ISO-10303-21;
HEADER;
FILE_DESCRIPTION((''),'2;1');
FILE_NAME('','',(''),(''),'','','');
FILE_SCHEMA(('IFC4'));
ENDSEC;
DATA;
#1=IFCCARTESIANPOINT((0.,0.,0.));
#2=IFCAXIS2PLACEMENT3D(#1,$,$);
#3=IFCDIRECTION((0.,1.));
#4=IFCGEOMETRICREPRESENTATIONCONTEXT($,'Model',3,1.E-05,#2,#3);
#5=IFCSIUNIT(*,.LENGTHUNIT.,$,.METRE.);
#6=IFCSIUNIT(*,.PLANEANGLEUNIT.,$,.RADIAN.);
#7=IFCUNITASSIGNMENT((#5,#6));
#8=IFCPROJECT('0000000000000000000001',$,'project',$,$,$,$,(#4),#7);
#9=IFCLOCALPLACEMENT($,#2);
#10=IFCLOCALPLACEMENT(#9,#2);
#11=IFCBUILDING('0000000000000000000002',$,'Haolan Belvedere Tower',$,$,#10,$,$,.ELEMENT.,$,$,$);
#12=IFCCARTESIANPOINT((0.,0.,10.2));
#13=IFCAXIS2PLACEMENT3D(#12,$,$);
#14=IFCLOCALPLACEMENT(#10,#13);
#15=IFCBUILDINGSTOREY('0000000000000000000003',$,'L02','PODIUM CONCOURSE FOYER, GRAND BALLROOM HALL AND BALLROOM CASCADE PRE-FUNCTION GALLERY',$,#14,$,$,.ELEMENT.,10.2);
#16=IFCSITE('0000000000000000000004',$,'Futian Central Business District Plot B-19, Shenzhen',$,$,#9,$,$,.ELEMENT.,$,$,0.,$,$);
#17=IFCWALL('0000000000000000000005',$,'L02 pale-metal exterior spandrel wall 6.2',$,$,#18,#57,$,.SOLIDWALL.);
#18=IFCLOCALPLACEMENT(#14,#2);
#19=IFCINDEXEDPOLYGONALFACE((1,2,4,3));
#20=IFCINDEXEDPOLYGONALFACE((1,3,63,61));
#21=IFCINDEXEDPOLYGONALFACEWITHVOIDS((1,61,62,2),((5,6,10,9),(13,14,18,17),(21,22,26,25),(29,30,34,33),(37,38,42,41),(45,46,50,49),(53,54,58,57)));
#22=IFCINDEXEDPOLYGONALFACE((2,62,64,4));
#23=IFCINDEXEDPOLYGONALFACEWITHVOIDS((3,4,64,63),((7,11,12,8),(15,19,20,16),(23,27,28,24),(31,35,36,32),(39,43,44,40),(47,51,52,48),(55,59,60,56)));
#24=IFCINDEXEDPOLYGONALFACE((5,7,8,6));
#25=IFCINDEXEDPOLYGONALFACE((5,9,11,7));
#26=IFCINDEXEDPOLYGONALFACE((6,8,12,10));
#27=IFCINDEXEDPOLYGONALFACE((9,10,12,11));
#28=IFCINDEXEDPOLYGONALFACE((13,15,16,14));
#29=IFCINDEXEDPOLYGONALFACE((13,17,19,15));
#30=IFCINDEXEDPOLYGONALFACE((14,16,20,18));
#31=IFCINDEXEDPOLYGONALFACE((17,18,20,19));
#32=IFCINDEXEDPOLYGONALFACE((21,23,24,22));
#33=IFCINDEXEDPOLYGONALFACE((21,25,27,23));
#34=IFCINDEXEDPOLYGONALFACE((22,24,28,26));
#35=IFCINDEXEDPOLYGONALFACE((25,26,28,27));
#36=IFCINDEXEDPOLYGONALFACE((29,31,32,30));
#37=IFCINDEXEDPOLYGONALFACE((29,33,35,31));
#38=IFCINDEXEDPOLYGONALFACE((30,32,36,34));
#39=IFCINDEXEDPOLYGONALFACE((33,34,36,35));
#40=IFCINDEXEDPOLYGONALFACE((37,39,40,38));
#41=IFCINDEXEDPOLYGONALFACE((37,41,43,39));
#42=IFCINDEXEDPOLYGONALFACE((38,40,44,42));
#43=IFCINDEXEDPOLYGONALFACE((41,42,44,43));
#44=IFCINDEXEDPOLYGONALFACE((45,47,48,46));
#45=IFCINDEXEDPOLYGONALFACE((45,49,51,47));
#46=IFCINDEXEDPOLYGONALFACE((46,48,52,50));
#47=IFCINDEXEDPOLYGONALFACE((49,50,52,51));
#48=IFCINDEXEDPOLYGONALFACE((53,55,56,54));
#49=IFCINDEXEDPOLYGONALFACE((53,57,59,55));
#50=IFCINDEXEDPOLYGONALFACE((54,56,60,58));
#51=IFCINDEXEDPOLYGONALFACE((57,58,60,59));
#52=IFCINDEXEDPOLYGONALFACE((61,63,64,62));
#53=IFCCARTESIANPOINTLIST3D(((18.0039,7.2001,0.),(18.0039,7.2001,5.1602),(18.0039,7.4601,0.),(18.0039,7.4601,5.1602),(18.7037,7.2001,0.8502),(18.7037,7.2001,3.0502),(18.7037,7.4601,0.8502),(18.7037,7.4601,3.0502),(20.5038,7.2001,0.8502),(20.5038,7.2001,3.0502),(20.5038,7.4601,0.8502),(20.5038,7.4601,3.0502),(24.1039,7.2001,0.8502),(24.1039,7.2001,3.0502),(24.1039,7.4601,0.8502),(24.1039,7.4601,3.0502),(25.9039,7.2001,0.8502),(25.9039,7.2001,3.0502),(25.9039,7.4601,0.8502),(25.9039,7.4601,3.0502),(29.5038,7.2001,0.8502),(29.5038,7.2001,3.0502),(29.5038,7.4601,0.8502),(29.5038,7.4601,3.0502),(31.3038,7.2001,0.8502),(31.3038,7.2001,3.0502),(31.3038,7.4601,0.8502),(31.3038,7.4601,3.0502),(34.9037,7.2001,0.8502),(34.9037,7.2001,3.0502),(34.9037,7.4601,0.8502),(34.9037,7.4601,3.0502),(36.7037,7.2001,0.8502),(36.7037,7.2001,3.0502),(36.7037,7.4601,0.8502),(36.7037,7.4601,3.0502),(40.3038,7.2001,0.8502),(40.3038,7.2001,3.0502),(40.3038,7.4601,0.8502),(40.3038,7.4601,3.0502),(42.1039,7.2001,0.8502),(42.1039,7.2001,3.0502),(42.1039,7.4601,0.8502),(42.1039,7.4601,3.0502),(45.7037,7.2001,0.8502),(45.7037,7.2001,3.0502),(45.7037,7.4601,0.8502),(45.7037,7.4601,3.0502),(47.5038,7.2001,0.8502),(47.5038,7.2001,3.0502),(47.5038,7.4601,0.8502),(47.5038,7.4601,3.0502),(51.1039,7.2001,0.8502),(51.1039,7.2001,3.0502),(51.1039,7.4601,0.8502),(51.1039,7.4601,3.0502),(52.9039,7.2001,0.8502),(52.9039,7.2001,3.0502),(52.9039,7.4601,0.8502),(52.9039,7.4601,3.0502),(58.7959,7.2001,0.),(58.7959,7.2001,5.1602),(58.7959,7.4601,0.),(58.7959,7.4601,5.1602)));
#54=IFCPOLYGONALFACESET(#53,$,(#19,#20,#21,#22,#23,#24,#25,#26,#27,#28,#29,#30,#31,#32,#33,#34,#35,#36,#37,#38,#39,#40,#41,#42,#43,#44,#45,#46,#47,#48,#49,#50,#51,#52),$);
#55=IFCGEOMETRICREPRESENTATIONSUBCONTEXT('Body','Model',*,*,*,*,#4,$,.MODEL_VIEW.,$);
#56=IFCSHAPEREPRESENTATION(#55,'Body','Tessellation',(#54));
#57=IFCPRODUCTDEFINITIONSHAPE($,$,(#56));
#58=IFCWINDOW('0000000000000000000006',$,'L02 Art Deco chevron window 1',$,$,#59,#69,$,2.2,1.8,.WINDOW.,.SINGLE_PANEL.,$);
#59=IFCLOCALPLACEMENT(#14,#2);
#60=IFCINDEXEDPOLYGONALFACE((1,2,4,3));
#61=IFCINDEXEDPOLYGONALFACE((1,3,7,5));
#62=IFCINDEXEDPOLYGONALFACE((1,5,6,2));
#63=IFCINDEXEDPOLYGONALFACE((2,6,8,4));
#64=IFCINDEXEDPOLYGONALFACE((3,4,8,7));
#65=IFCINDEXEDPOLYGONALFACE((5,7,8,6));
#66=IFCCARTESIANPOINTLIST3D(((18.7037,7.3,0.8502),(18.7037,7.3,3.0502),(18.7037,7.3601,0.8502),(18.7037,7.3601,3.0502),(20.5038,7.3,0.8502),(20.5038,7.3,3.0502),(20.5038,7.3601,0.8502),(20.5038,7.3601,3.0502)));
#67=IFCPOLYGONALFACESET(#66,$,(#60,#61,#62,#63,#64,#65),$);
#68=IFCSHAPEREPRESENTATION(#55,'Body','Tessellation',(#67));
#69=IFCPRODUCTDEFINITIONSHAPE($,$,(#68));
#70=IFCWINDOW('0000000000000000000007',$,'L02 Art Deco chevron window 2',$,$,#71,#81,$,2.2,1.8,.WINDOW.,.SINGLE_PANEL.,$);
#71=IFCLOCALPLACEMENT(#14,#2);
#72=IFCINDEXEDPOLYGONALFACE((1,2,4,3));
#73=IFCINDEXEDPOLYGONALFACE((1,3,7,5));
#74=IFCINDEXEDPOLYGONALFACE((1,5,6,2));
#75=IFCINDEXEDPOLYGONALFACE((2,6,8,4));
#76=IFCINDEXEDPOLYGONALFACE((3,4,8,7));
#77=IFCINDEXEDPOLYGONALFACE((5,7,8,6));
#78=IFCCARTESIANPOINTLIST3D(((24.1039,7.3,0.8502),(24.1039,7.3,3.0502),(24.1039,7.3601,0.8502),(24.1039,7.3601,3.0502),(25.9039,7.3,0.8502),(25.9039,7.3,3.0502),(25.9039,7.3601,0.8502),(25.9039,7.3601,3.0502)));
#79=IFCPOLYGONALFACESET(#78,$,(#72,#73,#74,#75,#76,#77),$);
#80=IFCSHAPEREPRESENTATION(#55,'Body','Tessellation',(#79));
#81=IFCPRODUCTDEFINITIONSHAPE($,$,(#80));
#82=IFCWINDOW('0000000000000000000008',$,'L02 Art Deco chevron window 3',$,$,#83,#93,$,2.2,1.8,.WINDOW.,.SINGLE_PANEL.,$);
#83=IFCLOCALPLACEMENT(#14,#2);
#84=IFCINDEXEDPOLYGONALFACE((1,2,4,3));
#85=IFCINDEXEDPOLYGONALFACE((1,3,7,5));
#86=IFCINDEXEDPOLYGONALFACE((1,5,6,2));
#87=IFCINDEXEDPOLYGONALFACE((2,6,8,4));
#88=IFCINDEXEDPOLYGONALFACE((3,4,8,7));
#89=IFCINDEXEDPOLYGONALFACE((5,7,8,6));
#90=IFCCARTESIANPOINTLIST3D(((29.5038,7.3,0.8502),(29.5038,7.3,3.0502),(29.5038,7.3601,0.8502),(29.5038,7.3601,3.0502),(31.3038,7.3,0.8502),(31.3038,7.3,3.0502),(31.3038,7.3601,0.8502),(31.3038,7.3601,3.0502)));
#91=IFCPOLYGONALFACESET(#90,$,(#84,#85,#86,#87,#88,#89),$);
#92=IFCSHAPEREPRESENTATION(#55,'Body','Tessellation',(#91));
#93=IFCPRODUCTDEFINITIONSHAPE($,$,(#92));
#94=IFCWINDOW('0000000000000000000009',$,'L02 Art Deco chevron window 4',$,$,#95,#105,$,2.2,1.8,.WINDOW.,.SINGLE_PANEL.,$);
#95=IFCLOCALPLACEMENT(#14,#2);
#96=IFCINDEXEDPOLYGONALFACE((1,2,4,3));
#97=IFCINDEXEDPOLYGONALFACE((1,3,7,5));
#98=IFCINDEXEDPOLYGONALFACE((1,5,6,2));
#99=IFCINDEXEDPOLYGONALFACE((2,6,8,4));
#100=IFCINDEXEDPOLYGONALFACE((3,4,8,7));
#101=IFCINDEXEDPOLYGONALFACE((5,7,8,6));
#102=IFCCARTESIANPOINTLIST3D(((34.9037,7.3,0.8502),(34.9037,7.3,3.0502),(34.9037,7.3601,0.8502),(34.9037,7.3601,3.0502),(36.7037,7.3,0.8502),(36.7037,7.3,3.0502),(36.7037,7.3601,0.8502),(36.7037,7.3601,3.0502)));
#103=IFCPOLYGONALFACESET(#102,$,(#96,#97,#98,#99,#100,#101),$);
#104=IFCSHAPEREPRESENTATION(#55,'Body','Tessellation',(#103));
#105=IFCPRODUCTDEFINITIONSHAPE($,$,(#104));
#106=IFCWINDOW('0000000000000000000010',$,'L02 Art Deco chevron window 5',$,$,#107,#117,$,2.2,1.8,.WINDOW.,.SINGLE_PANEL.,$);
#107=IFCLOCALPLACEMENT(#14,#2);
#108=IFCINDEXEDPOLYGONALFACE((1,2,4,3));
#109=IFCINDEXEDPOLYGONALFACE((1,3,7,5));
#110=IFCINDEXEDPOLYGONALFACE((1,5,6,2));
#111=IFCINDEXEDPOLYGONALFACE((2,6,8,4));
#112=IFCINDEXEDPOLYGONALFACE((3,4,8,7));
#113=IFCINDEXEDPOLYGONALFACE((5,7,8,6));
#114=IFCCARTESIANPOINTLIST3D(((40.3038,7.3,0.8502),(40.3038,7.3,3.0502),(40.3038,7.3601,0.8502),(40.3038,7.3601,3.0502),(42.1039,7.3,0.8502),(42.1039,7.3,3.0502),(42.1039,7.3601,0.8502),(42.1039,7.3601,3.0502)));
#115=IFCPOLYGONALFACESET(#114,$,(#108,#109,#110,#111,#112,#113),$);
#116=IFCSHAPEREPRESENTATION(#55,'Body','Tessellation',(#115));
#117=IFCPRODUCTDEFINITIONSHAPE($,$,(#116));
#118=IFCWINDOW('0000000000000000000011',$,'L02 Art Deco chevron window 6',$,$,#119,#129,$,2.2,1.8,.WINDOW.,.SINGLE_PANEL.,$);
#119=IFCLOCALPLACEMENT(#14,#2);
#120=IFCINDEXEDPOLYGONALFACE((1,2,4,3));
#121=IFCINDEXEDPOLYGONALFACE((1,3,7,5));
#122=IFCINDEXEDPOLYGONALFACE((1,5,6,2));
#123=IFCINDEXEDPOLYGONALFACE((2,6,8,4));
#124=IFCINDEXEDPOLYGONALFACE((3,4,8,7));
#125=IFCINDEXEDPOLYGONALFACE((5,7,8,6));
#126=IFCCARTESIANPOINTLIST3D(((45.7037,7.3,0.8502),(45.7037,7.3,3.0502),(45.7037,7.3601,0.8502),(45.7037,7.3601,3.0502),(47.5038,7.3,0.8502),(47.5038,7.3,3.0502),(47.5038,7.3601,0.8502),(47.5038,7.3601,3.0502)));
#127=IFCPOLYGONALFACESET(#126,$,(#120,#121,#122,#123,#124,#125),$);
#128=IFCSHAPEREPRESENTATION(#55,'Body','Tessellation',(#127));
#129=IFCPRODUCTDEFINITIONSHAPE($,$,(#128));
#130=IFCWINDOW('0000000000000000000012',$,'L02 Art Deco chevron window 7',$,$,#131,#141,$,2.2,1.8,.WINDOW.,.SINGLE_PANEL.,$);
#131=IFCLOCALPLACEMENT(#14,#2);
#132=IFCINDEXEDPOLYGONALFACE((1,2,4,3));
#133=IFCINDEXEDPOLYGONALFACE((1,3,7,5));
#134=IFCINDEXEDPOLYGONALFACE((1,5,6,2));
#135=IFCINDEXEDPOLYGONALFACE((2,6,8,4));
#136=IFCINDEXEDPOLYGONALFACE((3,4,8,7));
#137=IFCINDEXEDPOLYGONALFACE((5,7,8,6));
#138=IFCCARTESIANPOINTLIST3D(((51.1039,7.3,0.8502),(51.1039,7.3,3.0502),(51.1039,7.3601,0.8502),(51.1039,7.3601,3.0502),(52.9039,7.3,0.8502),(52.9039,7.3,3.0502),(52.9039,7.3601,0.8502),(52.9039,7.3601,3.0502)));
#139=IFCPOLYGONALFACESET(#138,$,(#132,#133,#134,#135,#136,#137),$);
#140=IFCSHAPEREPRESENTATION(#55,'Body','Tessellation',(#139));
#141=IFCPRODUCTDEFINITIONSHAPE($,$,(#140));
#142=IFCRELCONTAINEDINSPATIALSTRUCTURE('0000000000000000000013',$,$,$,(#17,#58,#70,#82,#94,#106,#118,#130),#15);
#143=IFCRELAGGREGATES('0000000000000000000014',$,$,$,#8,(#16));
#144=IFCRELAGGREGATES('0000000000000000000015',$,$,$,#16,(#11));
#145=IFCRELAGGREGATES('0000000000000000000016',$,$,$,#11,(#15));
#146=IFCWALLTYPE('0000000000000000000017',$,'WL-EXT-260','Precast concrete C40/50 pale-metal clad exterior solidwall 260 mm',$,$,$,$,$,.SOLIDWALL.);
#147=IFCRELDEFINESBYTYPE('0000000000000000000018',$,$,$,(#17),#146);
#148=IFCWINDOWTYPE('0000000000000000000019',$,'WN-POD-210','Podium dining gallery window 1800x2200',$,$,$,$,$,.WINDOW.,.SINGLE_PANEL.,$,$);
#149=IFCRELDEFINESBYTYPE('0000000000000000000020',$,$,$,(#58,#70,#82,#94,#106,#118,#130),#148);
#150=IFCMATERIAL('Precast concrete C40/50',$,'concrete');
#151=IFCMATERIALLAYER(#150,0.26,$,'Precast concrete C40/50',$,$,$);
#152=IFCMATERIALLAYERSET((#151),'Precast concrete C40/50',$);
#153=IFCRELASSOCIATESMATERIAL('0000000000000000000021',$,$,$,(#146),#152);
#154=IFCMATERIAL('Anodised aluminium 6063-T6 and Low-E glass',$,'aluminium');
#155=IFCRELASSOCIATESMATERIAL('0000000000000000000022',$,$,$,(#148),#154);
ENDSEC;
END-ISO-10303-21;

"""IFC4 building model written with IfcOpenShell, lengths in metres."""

from ifc_helpers import new_model, si_unit, direction, frame, frame_2d, origin, place, context, subcontext, project, spatial, rectangle, extrude, material, layer, layer_set, type_object, element, fill, save


model = new_model("IFC4")

# Units and contexts
model_context = context("Model", 3, precision=1e-05, world=origin(), true_north=direction((0.0, 1.0)))
body_context = subcontext(model_context, "Body", "Model", "MODEL_VIEW")
ifc_project = project(units=[si_unit("LENGTHUNIT", "METRE"), si_unit("PLANEANGLEUNIT", "RADIAN")], contexts=[model_context])

# Site, building, storey
site_placement = place(None, origin())
site = spatial("IfcSite", under=ifc_project, at=site_placement, Name="Futian Central Business District Plot B-19, Shenzhen", CompositionType="ELEMENT", RefElevation=0.0)
building_placement = place(site_placement, origin())
building = spatial("IfcBuilding", under=site, at=building_placement, Name="Haolan Belvedere Tower", CompositionType="ELEMENT")
storey_placement = place(building_placement, frame((0.0, 0.0, 10.2)))
storey = spatial("IfcBuildingStorey", under=building, at=storey_placement, Name="L02", Description="PODIUM CONCOURSE FOYER, GRAND BALLROOM HALL AND BALLROOM CASCADE PRE-FUNCTION GALLERY", CompositionType="ELEMENT", Elevation=10.2)

# Wall, openings, windows
ifc_material_1 = material(Name="Precast concrete C40/50", Category="concrete")
ifc_layer_1 = layer(ifc_material_1, 0.26, Name="Precast concrete C40/50")
ifc_layer_set_1 = layer_set([ifc_layer_1], Name="Precast concrete C40/50")
wall_type_1 = type_object("IfcWallType", Name="WL-EXT-260", Description="Precast concrete C40/50 pale-metal clad exterior solidwall 260 mm", PredefinedType="SOLIDWALL", material=ifc_layer_set_1)
wall_1_placement = place(storey_placement, frame((18.0039, 7.3301, 0.0), z_axis=(0.0, 0.0, 1.0), x_axis=(1.0, 0.0, 0.0)))
wall_1 = element("IfcWall", 1, at=wall_1_placement, inside=storey, type_object=wall_type_1, Name="L02 pale-metal exterior spandrel wall 6.2", PredefinedType="SOLIDWALL", context=body_context, shape_type="SweptSolid", body=[
    extrude(rectangle(XDim=40.792, YDim=0.26, at=frame_2d((20.396, 0.0))), origin(), (0.0, 0.0, 1.0), 5.1602),
])
opening_1_placement = place(wall_1_placement, frame((0.7, 0.0, 0.8501)))
opening_1 = element("IfcOpeningElement", 2, at=opening_1_placement, cuts=wall_1, PredefinedType="OPENING", context=body_context, shape_type="SweptSolid", body=[
    extrude(rectangle(XDim=1.8, YDim=2.2, at=frame_2d((0.8999, 1.1001))), frame((0.0, 0.1399, 0.0), z_axis=(0.0, -1.0, 0.0), x_axis=(1.0, 0.0, 0.0)), (0.0, 0.0, 1.0), 0.28),
])
opening_2_placement = place(wall_1_placement, frame((6.1001, 0.0, 0.8501)))
opening_2 = element("IfcOpeningElement", 3, at=opening_2_placement, cuts=wall_1, PredefinedType="OPENING", context=body_context, shape_type="SweptSolid", body=[
    extrude(rectangle(XDim=1.8, YDim=2.2, at=frame_2d((0.8999, 1.1001))), frame((0.0, 0.1399, 0.0), z_axis=(0.0, -1.0, 0.0), x_axis=(1.0, 0.0, 0.0)), (0.0, 0.0, 1.0), 0.28),
])
opening_3_placement = place(wall_1_placement, frame((11.5, 0.0, 0.8501)))
opening_3 = element("IfcOpeningElement", 4, at=opening_3_placement, cuts=wall_1, PredefinedType="OPENING", context=body_context, shape_type="SweptSolid", body=[
    extrude(rectangle(XDim=1.8, YDim=2.2, at=frame_2d((0.8999, 1.1001))), frame((0.0, 0.1399, 0.0), z_axis=(0.0, -1.0, 0.0), x_axis=(1.0, 0.0, 0.0)), (0.0, 0.0, 1.0), 0.28),
])
opening_4_placement = place(wall_1_placement, frame((16.8999, 0.0, 0.8501)))
opening_4 = element("IfcOpeningElement", 5, at=opening_4_placement, cuts=wall_1, PredefinedType="OPENING", context=body_context, shape_type="SweptSolid", body=[
    extrude(rectangle(XDim=1.8, YDim=2.2, at=frame_2d((0.8999, 1.1001))), frame((0.0, 0.1399, 0.0), z_axis=(0.0, -1.0, 0.0), x_axis=(1.0, 0.0, 0.0)), (0.0, 0.0, 1.0), 0.28),
])
opening_5_placement = place(wall_1_placement, frame((22.3, 0.0, 0.8501)))
opening_5 = element("IfcOpeningElement", 6, at=opening_5_placement, cuts=wall_1, PredefinedType="OPENING", context=body_context, shape_type="SweptSolid", body=[
    extrude(rectangle(XDim=1.8, YDim=2.2, at=frame_2d((0.8999, 1.1001))), frame((0.0, 0.1399, 0.0), z_axis=(0.0, -1.0, 0.0), x_axis=(1.0, 0.0, 0.0)), (0.0, 0.0, 1.0), 0.28),
])
opening_6_placement = place(wall_1_placement, frame((27.7, 0.0, 0.8501)))
opening_6 = element("IfcOpeningElement", 7, at=opening_6_placement, cuts=wall_1, PredefinedType="OPENING", context=body_context, shape_type="SweptSolid", body=[
    extrude(rectangle(XDim=1.8, YDim=2.2, at=frame_2d((0.8999, 1.1001))), frame((0.0, 0.1399, 0.0), z_axis=(0.0, -1.0, 0.0), x_axis=(1.0, 0.0, 0.0)), (0.0, 0.0, 1.0), 0.28),
])
opening_7_placement = place(wall_1_placement, frame((33.1001, 0.0, 0.8501)))
opening_7 = element("IfcOpeningElement", 8, at=opening_7_placement, cuts=wall_1, PredefinedType="OPENING", context=body_context, shape_type="SweptSolid", body=[
    extrude(rectangle(XDim=1.8, YDim=2.2, at=frame_2d((0.8999, 1.1001))), frame((0.0, 0.1399, 0.0), z_axis=(0.0, -1.0, 0.0), x_axis=(1.0, 0.0, 0.0)), (0.0, 0.0, 1.0), 0.28),
])
ifc_material_2 = material(Name="Anodised aluminium 6063-T6 and Low-E glass", Category="aluminium")
window_type = type_object("IfcWindowType", Name="WN-POD-210", Description="Podium dining gallery window 1800x2200", PartitioningType="SINGLE_PANEL", PredefinedType="WINDOW", material=ifc_material_2)
window_1_placement = place(opening_1_placement, origin())
window_1 = element("IfcWindow", 9, at=window_1_placement, inside=storey, type_object=window_type, Name="L02 Art Deco chevron window 1", OverallHeight=2.2, OverallWidth=1.8, PartitioningType="SINGLE_PANEL", PredefinedType="WINDOW", context=body_context, shape_type="SweptSolid", body=[
    extrude(rectangle(XDim=1.8, YDim=2.2, at=frame_2d((0.8999, 1.1001))), frame((0.0, 0.03, 0.0), z_axis=(0.0, -1.0, 0.0), x_axis=(1.0, 0.0, 0.0)), (0.0, 0.0, 1.0), 0.0601),
])
fill(opening_1, window_1)
window_2_placement = place(opening_2_placement, origin())
window_2 = element("IfcWindow", 10, at=window_2_placement, inside=storey, type_object=window_type, Name="L02 Art Deco chevron window 2", OverallHeight=2.2, OverallWidth=1.8, PartitioningType="SINGLE_PANEL", PredefinedType="WINDOW", context=body_context, shape_type="SweptSolid", body=[
    extrude(rectangle(XDim=1.8, YDim=2.2, at=frame_2d((0.8999, 1.1001))), frame((0.0, 0.03, 0.0), z_axis=(0.0, -1.0, 0.0), x_axis=(1.0, 0.0, 0.0)), (0.0, 0.0, 1.0), 0.0601),
])
fill(opening_2, window_2)
window_3_placement = place(opening_3_placement, origin())
window_3 = element("IfcWindow", 11, at=window_3_placement, inside=storey, type_object=window_type, Name="L02 Art Deco chevron window 3", OverallHeight=2.2, OverallWidth=1.8, PartitioningType="SINGLE_PANEL", PredefinedType="WINDOW", context=body_context, shape_type="SweptSolid", body=[
    extrude(rectangle(XDim=1.8, YDim=2.2, at=frame_2d((0.8999, 1.1001))), frame((0.0, 0.03, 0.0), z_axis=(0.0, -1.0, 0.0), x_axis=(1.0, 0.0, 0.0)), (0.0, 0.0, 1.0), 0.0601),
])
fill(opening_3, window_3)
window_4_placement = place(opening_4_placement, origin())
window_4 = element("IfcWindow", 12, at=window_4_placement, inside=storey, type_object=window_type, Name="L02 Art Deco chevron window 4", OverallHeight=2.2, OverallWidth=1.8, PartitioningType="SINGLE_PANEL", PredefinedType="WINDOW", context=body_context, shape_type="SweptSolid", body=[
    extrude(rectangle(XDim=1.8, YDim=2.2, at=frame_2d((0.8999, 1.1001))), frame((0.0, 0.03, 0.0), z_axis=(0.0, -1.0, 0.0), x_axis=(1.0, 0.0, 0.0)), (0.0, 0.0, 1.0), 0.0601),
])
fill(opening_4, window_4)
window_5_placement = place(opening_5_placement, origin())
window_5 = element("IfcWindow", 13, at=window_5_placement, inside=storey, type_object=window_type, Name="L02 Art Deco chevron window 5", OverallHeight=2.2, OverallWidth=1.8, PartitioningType="SINGLE_PANEL", PredefinedType="WINDOW", context=body_context, shape_type="SweptSolid", body=[
    extrude(rectangle(XDim=1.8, YDim=2.2, at=frame_2d((0.8999, 1.1001))), frame((0.0, 0.03, 0.0), z_axis=(0.0, -1.0, 0.0), x_axis=(1.0, 0.0, 0.0)), (0.0, 0.0, 1.0), 0.0601),
])
fill(opening_5, window_5)
window_6_placement = place(opening_6_placement, origin())
window_6 = element("IfcWindow", 14, at=window_6_placement, inside=storey, type_object=window_type, Name="L02 Art Deco chevron window 6", OverallHeight=2.2, OverallWidth=1.8, PartitioningType="SINGLE_PANEL", PredefinedType="WINDOW", context=body_context, shape_type="SweptSolid", body=[
    extrude(rectangle(XDim=1.8, YDim=2.2, at=frame_2d((0.8999, 1.1001))), frame((0.0, 0.03, 0.0), z_axis=(0.0, -1.0, 0.0), x_axis=(1.0, 0.0, 0.0)), (0.0, 0.0, 1.0), 0.0601),
])
fill(opening_6, window_6)
window_7_placement = place(opening_7_placement, origin())
window_7 = element("IfcWindow", 15, at=window_7_placement, inside=storey, type_object=window_type, Name="L02 Art Deco chevron window 7", OverallHeight=2.2, OverallWidth=1.8, PartitioningType="SINGLE_PANEL", PredefinedType="WINDOW", context=body_context, shape_type="SweptSolid", body=[
    extrude(rectangle(XDim=1.8, YDim=2.2, at=frame_2d((0.8999, 1.1001))), frame((0.0, 0.03, 0.0), z_axis=(0.0, -1.0, 0.0), x_axis=(1.0, 0.0, 0.0)), (0.0, 0.0, 1.0), 0.0601),
])
fill(opening_7, window_7)

save(model, "model.ifc")
